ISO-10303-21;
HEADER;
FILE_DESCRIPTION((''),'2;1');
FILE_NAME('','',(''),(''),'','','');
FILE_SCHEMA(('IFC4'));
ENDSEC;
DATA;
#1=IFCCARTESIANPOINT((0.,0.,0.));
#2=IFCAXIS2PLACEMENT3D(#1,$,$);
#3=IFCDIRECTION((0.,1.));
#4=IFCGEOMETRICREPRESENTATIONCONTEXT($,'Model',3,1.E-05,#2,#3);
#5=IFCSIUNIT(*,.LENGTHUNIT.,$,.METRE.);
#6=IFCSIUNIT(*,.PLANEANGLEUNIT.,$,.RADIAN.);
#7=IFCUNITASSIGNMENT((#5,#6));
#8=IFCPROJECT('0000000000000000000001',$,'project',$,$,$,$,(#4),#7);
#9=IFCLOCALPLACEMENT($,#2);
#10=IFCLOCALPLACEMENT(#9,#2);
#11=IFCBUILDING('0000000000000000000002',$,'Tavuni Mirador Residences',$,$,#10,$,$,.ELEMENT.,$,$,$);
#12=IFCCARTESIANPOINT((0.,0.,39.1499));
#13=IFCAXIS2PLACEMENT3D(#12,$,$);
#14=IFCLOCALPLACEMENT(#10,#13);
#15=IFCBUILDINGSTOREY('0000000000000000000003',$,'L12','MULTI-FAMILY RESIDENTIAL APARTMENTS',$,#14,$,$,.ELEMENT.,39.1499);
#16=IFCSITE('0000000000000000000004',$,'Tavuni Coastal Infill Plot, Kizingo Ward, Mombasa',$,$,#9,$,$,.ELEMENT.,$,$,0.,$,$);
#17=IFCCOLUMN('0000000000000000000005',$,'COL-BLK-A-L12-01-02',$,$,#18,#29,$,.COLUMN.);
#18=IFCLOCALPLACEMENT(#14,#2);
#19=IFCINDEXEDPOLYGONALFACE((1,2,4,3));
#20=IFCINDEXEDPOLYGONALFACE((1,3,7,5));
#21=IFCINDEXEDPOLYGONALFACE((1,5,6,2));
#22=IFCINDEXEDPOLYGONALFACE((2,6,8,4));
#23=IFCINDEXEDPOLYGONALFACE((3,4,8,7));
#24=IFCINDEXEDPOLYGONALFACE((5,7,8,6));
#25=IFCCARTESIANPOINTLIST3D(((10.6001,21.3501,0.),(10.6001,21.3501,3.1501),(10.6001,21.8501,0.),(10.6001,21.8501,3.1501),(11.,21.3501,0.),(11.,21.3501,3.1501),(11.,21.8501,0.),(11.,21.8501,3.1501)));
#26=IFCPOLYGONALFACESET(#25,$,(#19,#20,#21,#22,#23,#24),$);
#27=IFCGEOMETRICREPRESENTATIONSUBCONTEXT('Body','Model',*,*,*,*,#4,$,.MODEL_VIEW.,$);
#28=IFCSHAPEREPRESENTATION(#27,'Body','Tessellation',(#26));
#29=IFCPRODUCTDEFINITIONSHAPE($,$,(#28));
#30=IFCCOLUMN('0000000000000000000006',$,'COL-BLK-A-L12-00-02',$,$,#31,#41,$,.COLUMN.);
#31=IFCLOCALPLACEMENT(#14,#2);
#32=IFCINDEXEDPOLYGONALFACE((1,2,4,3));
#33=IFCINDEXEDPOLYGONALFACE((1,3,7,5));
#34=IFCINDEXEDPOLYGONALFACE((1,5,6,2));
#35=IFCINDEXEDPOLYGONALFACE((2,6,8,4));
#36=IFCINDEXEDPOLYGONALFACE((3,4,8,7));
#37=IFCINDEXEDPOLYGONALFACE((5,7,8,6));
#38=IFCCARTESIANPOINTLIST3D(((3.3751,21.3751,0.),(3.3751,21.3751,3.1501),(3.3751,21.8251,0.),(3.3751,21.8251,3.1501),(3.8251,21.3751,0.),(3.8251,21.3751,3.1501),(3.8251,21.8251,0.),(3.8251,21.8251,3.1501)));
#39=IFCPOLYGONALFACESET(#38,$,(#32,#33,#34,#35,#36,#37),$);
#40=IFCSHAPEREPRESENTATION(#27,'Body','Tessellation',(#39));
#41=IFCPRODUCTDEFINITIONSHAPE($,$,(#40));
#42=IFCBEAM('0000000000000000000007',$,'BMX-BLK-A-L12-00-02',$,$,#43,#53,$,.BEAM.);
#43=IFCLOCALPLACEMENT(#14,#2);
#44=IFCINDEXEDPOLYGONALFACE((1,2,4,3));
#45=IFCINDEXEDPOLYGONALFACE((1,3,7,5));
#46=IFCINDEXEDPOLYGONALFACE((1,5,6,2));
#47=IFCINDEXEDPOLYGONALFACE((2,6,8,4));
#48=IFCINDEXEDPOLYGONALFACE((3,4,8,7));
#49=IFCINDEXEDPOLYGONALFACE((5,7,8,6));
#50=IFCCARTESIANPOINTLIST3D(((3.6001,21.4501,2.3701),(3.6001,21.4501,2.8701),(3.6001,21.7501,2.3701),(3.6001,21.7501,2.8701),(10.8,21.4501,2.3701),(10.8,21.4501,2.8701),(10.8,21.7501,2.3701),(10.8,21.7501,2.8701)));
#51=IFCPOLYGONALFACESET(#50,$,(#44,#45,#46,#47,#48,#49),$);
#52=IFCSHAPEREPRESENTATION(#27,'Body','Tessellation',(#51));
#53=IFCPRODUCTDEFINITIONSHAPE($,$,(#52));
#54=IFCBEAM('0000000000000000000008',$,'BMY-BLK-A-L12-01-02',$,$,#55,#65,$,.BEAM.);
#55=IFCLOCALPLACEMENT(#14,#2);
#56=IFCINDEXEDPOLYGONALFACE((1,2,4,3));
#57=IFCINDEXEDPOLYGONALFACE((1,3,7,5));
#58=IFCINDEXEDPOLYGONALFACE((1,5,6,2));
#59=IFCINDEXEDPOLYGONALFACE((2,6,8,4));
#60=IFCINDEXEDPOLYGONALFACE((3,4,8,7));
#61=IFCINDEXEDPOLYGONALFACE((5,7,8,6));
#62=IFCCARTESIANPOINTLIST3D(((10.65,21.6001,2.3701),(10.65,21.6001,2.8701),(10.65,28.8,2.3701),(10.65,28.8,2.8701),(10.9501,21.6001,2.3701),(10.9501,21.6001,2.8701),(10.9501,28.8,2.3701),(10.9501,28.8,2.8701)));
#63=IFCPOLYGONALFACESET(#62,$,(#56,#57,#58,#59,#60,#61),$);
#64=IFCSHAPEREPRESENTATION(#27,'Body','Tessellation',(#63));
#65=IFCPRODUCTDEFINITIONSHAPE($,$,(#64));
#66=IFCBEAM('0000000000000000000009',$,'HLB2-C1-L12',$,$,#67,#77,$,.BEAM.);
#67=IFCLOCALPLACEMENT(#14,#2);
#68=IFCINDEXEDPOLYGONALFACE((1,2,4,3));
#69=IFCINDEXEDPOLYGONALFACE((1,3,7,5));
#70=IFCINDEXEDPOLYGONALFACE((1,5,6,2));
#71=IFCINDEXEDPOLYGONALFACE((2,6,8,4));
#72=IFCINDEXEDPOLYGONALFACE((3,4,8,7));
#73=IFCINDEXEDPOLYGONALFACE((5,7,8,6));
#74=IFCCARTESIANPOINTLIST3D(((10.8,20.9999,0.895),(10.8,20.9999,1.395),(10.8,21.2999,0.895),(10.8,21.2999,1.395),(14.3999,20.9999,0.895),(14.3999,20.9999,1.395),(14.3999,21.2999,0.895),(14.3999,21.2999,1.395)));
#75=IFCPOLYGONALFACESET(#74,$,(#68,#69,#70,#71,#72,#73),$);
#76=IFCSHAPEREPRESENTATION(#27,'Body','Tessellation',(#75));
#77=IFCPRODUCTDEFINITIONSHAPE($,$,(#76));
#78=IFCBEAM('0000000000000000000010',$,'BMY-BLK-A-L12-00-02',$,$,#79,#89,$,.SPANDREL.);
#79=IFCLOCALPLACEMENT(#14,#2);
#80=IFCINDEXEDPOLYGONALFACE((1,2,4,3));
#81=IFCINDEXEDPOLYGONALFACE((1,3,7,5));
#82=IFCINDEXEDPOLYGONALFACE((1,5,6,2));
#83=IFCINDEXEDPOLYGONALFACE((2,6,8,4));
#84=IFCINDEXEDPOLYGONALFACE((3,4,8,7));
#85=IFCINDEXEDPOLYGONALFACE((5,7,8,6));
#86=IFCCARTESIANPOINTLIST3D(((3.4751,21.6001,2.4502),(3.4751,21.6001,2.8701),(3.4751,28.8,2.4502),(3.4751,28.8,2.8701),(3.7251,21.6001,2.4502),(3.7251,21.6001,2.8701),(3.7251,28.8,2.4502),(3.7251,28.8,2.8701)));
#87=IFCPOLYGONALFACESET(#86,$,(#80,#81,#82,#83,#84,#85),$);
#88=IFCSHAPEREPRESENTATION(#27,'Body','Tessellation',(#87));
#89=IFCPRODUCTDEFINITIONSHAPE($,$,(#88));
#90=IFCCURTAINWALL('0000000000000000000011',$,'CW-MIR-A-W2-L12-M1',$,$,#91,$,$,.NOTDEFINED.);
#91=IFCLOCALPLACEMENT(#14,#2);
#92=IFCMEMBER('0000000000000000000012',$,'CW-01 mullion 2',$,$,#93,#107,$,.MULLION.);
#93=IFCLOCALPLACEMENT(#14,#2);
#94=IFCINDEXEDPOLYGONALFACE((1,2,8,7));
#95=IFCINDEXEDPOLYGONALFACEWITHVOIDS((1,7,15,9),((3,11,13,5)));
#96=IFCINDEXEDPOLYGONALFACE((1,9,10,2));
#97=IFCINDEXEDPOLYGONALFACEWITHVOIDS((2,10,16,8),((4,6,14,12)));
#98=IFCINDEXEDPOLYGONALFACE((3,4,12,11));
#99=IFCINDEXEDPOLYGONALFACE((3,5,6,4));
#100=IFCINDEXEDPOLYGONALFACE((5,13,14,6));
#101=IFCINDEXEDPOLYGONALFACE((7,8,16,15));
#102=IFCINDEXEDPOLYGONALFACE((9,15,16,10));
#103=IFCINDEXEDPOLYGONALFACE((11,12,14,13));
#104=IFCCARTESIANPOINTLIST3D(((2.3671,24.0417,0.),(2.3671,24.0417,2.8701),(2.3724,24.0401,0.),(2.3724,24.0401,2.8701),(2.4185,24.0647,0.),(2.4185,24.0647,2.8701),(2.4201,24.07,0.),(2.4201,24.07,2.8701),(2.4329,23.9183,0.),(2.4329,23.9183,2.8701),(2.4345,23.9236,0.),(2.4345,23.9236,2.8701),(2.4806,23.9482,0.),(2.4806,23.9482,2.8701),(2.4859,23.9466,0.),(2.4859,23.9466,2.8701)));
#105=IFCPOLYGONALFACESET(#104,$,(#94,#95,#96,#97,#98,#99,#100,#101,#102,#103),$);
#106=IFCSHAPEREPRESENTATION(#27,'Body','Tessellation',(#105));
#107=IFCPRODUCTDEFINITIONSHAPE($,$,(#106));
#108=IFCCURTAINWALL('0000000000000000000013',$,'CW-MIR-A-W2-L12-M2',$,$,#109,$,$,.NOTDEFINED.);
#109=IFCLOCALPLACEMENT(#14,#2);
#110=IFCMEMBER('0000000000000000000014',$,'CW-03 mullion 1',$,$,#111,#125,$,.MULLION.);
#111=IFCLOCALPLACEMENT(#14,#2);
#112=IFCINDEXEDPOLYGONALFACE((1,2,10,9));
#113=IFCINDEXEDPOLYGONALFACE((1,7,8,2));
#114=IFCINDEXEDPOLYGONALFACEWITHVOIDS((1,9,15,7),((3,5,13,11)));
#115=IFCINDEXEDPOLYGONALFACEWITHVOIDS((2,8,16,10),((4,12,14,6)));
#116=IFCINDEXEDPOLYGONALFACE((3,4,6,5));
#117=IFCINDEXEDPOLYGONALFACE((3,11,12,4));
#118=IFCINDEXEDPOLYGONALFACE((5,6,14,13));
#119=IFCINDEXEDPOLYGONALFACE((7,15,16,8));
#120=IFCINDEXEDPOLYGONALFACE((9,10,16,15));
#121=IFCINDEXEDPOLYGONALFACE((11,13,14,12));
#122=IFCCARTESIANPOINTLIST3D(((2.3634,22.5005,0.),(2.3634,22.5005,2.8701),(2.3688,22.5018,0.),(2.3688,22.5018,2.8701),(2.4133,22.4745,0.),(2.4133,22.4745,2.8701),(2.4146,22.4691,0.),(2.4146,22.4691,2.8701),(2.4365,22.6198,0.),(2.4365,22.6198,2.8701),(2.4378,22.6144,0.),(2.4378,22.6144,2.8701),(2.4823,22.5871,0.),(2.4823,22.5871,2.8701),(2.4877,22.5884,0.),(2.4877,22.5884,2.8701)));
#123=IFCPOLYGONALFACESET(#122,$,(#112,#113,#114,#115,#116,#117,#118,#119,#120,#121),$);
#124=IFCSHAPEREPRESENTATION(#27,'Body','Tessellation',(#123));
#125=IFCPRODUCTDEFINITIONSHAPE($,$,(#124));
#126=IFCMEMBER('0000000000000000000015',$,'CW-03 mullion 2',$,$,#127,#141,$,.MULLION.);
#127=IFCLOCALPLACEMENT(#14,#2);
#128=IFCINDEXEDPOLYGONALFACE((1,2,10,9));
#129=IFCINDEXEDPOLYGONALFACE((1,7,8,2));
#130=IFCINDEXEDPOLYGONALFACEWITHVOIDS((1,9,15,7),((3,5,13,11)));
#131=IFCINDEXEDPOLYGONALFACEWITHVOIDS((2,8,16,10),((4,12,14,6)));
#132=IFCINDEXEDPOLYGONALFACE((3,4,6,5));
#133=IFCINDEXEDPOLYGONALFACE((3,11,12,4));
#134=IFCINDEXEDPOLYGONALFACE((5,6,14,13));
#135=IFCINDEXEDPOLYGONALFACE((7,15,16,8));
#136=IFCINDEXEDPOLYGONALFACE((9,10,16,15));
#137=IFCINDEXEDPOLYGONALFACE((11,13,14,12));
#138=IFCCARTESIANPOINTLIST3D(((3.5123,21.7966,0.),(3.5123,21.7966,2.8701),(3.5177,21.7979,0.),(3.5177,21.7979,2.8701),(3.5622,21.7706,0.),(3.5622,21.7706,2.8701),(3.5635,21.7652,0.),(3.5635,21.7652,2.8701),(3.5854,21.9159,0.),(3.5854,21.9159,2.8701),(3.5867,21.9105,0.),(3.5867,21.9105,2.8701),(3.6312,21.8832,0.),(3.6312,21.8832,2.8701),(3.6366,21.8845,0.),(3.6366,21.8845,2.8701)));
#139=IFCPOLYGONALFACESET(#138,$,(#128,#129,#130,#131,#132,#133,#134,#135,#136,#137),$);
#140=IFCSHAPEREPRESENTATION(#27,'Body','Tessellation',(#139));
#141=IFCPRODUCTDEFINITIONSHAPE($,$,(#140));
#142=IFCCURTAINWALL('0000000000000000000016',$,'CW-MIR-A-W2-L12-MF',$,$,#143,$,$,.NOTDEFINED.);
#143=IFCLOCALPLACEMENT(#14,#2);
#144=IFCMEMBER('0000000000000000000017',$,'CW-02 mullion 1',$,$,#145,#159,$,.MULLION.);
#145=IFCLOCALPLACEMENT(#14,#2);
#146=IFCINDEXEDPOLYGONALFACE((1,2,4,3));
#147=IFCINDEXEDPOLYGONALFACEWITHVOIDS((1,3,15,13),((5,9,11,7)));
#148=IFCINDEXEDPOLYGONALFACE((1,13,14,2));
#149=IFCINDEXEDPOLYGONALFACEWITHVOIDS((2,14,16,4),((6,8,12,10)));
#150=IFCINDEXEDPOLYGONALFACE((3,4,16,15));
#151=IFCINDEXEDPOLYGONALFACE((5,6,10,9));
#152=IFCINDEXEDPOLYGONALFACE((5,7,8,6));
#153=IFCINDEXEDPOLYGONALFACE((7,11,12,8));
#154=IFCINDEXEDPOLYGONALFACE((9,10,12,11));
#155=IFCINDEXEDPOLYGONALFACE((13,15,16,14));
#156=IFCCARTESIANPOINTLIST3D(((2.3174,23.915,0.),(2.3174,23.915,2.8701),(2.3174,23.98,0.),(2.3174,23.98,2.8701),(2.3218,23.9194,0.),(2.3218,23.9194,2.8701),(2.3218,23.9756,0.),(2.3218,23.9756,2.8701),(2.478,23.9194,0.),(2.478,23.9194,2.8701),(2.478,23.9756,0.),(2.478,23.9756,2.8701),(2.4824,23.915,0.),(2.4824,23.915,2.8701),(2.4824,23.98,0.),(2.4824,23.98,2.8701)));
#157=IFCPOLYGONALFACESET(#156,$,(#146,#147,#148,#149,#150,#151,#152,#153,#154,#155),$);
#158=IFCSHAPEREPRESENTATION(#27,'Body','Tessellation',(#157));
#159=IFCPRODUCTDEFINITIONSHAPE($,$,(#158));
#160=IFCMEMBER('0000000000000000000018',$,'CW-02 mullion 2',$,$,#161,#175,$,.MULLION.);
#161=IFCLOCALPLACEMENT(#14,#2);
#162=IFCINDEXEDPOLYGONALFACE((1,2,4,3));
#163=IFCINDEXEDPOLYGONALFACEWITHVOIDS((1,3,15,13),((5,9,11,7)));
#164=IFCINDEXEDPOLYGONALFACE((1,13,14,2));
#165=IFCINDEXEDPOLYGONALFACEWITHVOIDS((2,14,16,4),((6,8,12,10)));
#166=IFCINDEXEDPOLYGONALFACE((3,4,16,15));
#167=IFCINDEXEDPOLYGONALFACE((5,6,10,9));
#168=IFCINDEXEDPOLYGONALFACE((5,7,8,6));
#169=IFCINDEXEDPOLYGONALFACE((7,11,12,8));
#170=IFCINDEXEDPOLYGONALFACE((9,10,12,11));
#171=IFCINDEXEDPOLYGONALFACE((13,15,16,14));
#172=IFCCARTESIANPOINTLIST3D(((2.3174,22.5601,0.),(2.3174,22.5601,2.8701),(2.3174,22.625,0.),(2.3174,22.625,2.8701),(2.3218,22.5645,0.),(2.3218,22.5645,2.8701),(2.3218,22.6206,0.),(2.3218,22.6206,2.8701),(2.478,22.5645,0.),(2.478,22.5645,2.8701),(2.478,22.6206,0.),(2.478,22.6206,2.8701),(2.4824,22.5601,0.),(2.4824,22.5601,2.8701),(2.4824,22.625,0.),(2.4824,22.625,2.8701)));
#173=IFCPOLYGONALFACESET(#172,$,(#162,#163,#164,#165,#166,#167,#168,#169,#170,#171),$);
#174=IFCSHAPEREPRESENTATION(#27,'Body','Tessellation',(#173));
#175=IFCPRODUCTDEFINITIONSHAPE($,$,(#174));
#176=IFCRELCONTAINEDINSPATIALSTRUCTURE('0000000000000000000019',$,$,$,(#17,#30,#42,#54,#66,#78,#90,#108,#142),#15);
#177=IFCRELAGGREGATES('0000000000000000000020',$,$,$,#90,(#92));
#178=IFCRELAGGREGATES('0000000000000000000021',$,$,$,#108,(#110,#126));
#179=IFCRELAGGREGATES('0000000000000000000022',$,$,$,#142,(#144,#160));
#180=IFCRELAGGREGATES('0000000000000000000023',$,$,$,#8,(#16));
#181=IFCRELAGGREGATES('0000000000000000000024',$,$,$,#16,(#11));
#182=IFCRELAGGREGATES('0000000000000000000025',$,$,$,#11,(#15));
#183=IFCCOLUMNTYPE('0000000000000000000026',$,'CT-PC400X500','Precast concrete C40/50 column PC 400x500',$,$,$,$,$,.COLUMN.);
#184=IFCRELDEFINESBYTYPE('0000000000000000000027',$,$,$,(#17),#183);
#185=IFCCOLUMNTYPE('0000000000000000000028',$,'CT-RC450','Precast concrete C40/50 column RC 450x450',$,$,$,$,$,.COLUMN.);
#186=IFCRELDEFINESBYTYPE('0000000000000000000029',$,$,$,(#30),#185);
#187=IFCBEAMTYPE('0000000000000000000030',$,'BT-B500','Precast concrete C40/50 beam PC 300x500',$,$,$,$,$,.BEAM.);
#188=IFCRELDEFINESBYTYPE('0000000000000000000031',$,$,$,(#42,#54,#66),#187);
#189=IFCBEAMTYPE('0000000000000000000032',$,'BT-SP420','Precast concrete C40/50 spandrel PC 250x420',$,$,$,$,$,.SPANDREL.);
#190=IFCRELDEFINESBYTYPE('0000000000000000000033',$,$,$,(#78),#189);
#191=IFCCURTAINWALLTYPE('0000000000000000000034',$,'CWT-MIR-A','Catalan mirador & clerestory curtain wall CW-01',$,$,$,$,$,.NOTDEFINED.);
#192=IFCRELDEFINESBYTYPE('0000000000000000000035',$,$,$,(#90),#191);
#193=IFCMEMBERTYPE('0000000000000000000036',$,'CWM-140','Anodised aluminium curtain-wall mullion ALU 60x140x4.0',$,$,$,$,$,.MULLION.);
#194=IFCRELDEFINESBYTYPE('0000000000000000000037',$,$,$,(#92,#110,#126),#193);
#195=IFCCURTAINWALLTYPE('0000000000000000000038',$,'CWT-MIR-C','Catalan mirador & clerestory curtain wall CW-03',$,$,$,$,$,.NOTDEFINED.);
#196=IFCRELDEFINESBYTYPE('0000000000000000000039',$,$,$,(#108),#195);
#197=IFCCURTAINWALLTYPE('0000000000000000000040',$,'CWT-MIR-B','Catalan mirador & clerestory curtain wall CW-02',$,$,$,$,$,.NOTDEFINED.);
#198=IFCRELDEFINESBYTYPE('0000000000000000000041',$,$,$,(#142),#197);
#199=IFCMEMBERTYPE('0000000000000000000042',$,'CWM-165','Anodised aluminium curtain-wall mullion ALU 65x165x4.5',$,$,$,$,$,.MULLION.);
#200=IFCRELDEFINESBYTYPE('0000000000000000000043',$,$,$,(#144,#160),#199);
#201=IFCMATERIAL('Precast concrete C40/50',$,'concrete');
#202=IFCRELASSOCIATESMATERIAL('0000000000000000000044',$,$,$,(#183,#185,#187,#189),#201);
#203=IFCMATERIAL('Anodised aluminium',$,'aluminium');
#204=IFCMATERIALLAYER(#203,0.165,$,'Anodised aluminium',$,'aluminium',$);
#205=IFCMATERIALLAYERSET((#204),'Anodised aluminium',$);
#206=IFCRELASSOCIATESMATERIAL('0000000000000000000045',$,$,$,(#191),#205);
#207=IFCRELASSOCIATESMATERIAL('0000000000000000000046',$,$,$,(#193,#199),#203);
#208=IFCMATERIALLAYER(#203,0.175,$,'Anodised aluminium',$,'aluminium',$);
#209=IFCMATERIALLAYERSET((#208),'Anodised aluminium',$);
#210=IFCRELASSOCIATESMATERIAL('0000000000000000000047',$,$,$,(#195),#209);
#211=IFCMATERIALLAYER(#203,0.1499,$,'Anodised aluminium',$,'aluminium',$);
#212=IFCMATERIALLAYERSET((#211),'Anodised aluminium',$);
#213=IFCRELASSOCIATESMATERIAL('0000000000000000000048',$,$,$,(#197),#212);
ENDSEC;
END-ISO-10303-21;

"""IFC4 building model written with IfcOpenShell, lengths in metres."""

from ifc_helpers import new_model, si_unit, direction, frame, origin, origin_2d, place, context, subcontext, project, spatial, rectangle, hollow_rectangle, extrude, material, layer, layer_set, material_profile, profile_set, type_object, element, aggregate, save


model = new_model("IFC4")

# Units and contexts
model_context = context("Model", 3, precision=1e-05, world=origin(), true_north=direction((0.0, 1.0)))
body_context = subcontext(model_context, "Body", "Model", "MODEL_VIEW")
ifc_project = project(units=[si_unit("LENGTHUNIT", "METRE"), si_unit("PLANEANGLEUNIT", "RADIAN")], contexts=[model_context])

# Site, building, storey
site_placement = place(None, origin())
site = spatial("IfcSite", under=ifc_project, at=site_placement, Name="Tavuni Coastal Infill Plot, Kizingo Ward, Mombasa", CompositionType="ELEMENT", RefElevation=0.0)
building_placement = place(site_placement, origin())
building = spatial("IfcBuilding", under=site, at=building_placement, Name="Tavuni Mirador Residences", CompositionType="ELEMENT")
storey_placement = place(building_placement, frame((0.0, 0.0, 39.1499)))
storey = spatial("IfcBuildingStorey", under=building, at=storey_placement, Name="L12", Description="MULTI-FAMILY RESIDENTIAL APARTMENTS", CompositionType="ELEMENT", Elevation=39.1499)

# Columns
ifc_material_1 = material(Name="Precast concrete C40/50", Category="concrete")
ifc_material_profile_1 = material_profile(ifc_material_1, rectangle(XDim=0.3999, YDim=0.5, at=origin_2d()), Name="PC 400x500", Category="concrete")
ifc_profile_set_1 = profile_set([ifc_material_profile_1], Name="Precast concrete C40/50")
column_type_1 = type_object("IfcColumnType", Name="CT-PC400X500", Description="Precast concrete C40/50 column PC 400x500", PredefinedType="COLUMN", material=ifc_profile_set_1)
column_1_placement = place(storey_placement, frame((10.8, 21.6001, 0.0), z_axis=(0.0, 0.0, 1.0), x_axis=(1.0, 0.0, 0.0)))
element("IfcColumn", 1, at=column_1_placement, inside=storey, type_object=column_type_1, Name="COL-BLK-A-L12-01-02", PredefinedType="COLUMN", context=body_context, shape_type="SweptSolid", body=[
    extrude(rectangle(XDim=0.3999, YDim=0.5, at=origin_2d()), origin(), (0.0, 0.0, 1.0), 3.1501),
])
ifc_material_profile_2 = material_profile(ifc_material_1, rectangle(XDim=0.45, YDim=0.45, at=origin_2d()), Name="RC 450x450", Category="concrete")
ifc_profile_set_2 = profile_set([ifc_material_profile_2], Name="Precast concrete C40/50")
column_type_2 = type_object("IfcColumnType", Name="CT-RC450", Description="Precast concrete C40/50 column RC 450x450", PredefinedType="COLUMN", material=ifc_profile_set_2)
column_2_placement = place(storey_placement, frame((3.6001, 21.6001, 0.0), z_axis=(0.0, 0.0, 1.0), x_axis=(1.0, 0.0, 0.0)))
element("IfcColumn", 2, at=column_2_placement, inside=storey, type_object=column_type_2, Name="COL-BLK-A-L12-00-02", PredefinedType="COLUMN", context=body_context, shape_type="SweptSolid", body=[
    extrude(rectangle(XDim=0.45, YDim=0.45, at=origin_2d()), origin(), (0.0, 0.0, 1.0), 3.1501),
])

# Beams
ifc_material_profile_3 = material_profile(ifc_material_1, rectangle(XDim=0.3, YDim=0.5, at=origin_2d()), Name="PC 300x500", Category="concrete")
ifc_profile_set_3 = profile_set([ifc_material_profile_3], Name="Precast concrete C40/50")
beam_type_1 = type_object("IfcBeamType", Name="BT-B500", Description="Precast concrete C40/50 beam PC 300x500", PredefinedType="BEAM", material=ifc_profile_set_3)
for number, where, z_axis, x_axis, name in (
    (3, (3.6001, 21.6001, 2.6201), (1.0, 0.0, 0.0), (0.0, 1.0, 0.0), "BMX-BLK-A-L12-00-02"),
    (4, (10.8, 21.6001, 2.6201), (0.0, 1.0, 0.0), (-1.0, 0.0, 0.0), "BMY-BLK-A-L12-01-02"),
):
    element("IfcBeam", number, at=place(storey_placement, frame(where, z_axis=z_axis, x_axis=x_axis)), inside=storey, type_object=beam_type_1, Name=name, PredefinedType="BEAM", context=body_context, shape_type="SweptSolid", body=[
        extrude(rectangle(XDim=0.3, YDim=0.5, at=origin_2d()), origin(), (0.0, 0.0, 1.0), 7.2),
    ])
beam_1_placement = place(storey_placement, frame((10.8, 21.1499, 1.145), z_axis=(1.0, 0.0, 0.0), x_axis=(0.0, 1.0, 0.0)))
element("IfcBeam", 5, at=beam_1_placement, inside=storey, type_object=beam_type_1, Name="HLB2-C1-L12", PredefinedType="BEAM", context=body_context, shape_type="SweptSolid", body=[
    extrude(rectangle(XDim=0.3, YDim=0.5, at=origin_2d()), origin(), (0.0, 0.0, 1.0), 3.5999),
])
ifc_material_profile_4 = material_profile(ifc_material_1, rectangle(XDim=0.25, YDim=0.4199, at=origin_2d()), Name="PC 250x420", Category="concrete")
ifc_profile_set_4 = profile_set([ifc_material_profile_4], Name="Precast concrete C40/50")
beam_type_2 = type_object("IfcBeamType", Name="BT-SP420", Description="Precast concrete C40/50 spandrel PC 250x420", PredefinedType="SPANDREL", material=ifc_profile_set_4)
beam_2_placement = place(storey_placement, frame((3.6001, 21.6001, 2.6602), z_axis=(0.0, 1.0, 0.0), x_axis=(-1.0, 0.0, 0.0)))
element("IfcBeam", 6, at=beam_2_placement, inside=storey, type_object=beam_type_2, Name="BMY-BLK-A-L12-00-02", PredefinedType="SPANDREL", context=body_context, shape_type="SweptSolid", body=[
    extrude(rectangle(XDim=0.25, YDim=0.4199, at=origin_2d()), origin(), (0.0, 0.0, 1.0), 7.2),
])

# Curtain wall, member
ifc_material_2 = material(Name="Anodised aluminium", Category="aluminium")
ifc_layer_1 = layer(ifc_material_2, 0.165, Name="Anodised aluminium", Category="aluminium")
ifc_layer_set_1 = layer_set([ifc_layer_1], Name="Anodised aluminium")
curtain_wall_type_1 = type_object("IfcCurtainWallType", Name="CWT-MIR-A", Description="Catalan mirador & clerestory curtain wall CW-01", PredefinedType="NOTDEFINED", material=ifc_layer_set_1)
curtain_wall_1_placement = place(storey_placement, origin())
curtain_wall_1 = element("IfcCurtainWall", 7, at=curtain_wall_1_placement, inside=storey, type_object=curtain_wall_type_1, Name="CW-MIR-A-W2-L12-M1", PredefinedType="NOTDEFINED")
ifc_material_profile_5 = material_profile(ifc_material_2, hollow_rectangle(XDim=0.0601, YDim=0.1399, WallThickness=0.0039, at=origin_2d()), Name="ALU 60x140x4.0", Category="aluminium")
ifc_profile_set_5 = profile_set([ifc_material_profile_5], Name="Anodised aluminium")
member_type_1 = type_object("IfcMemberType", Name="CWM-140", Description="Anodised aluminium curtain-wall mullion ALU 60x140x4.0", PredefinedType="MULLION", material=ifc_profile_set_5)
member_1_placement = place(storey_placement, frame((2.4265, 23.9941, 0.0), z_axis=(0.0, 0.0, 1.0), x_axis=(-0.882353, -0.470588, 0.0)))
member_1 = element("IfcMember", 8, at=member_1_placement, type_object=member_type_1, Name="CW-01 mullion 2", PredefinedType="MULLION", context=body_context, shape_type="SweptSolid", body=[
    extrude(hollow_rectangle(XDim=0.0601, YDim=0.1399, WallThickness=0.0039, at=origin_2d()), origin(), (0.0, 0.0, 1.0), 2.8701),
])

# Curtain walls, members
ifc_layer_2 = layer(ifc_material_2, 0.175, Name="Anodised aluminium", Category="aluminium")
ifc_layer_set_2 = layer_set([ifc_layer_2], Name="Anodised aluminium")
curtain_wall_type_2 = type_object("IfcCurtainWallType", Name="CWT-MIR-C", Description="Catalan mirador & clerestory curtain wall CW-03", PredefinedType="NOTDEFINED", material=ifc_layer_set_2)
curtain_wall_2_placement = place(storey_placement, origin())
curtain_wall_2 = element("IfcCurtainWall", 9, at=curtain_wall_2_placement, inside=storey, type_object=curtain_wall_type_2, Name="CW-MIR-A-W2-L12-M2", PredefinedType="NOTDEFINED")
member_2_placement = place(storey_placement, frame((2.4255, 22.5444, 0.0), z_axis=(0.0, 0.0, 1.0), x_axis=(0.852754, -0.522312, 0.0)))
member_2 = element("IfcMember", 10, at=member_2_placement, type_object=member_type_1, Name="CW-03 mullion 1", PredefinedType="MULLION", context=body_context, shape_type="SweptSolid", body=[
    extrude(hollow_rectangle(XDim=0.0601, YDim=0.1399, WallThickness=0.0039, at=origin_2d()), origin(), (0.0, 0.0, 1.0), 2.8701),
])
member_3_placement = place(storey_placement, frame((3.5745, 21.8406, 0.0), z_axis=(0.0, 0.0, 1.0), x_axis=(0.852754, -0.522312, 0.0)))
member_3 = element("IfcMember", 11, at=member_3_placement, type_object=member_type_1, Name="CW-03 mullion 2", PredefinedType="MULLION", context=body_context, shape_type="SweptSolid", body=[
    extrude(hollow_rectangle(XDim=0.0601, YDim=0.1399, WallThickness=0.0039, at=origin_2d()), origin(), (0.0, 0.0, 1.0), 2.8701),
])
ifc_layer_3 = layer(ifc_material_2, 0.1499, Name="Anodised aluminium", Category="aluminium")
ifc_layer_set_3 = layer_set([ifc_layer_3], Name="Anodised aluminium")
curtain_wall_type_3 = type_object("IfcCurtainWallType", Name="CWT-MIR-B", Description="Catalan mirador & clerestory curtain wall CW-02", PredefinedType="NOTDEFINED", material=ifc_layer_set_3)
curtain_wall_3_placement = place(storey_placement, origin())
curtain_wall_3 = element("IfcCurtainWall", 12, at=curtain_wall_3_placement, inside=storey, type_object=curtain_wall_type_3, Name="CW-MIR-A-W2-L12-MF", PredefinedType="NOTDEFINED")
ifc_material_profile_6 = material_profile(ifc_material_2, hollow_rectangle(XDim=0.0649, YDim=0.165, WallThickness=0.0044, at=origin_2d()), Name="ALU 65x165x4.5", Category="aluminium")
ifc_profile_set_6 = profile_set([ifc_material_profile_6], Name="Anodised aluminium")
member_type_2 = type_object("IfcMemberType", Name="CWM-165", Description="Anodised aluminium curtain-wall mullion ALU 65x165x4.5", PredefinedType="MULLION", material=ifc_profile_set_6)
member_4_placement = place(storey_placement, frame((2.3999, 23.9475, 0.0), z_axis=(0.0, 0.0, 1.0), x_axis=(0.0, -1.0, 0.0)))
member_4 = element("IfcMember", 13, at=member_4_placement, type_object=member_type_2, Name="CW-02 mullion 1", PredefinedType="MULLION", context=body_context, shape_type="SweptSolid", body=[
    extrude(hollow_rectangle(XDim=0.0649, YDim=0.165, WallThickness=0.0044, at=origin_2d()), origin(), (0.0, 0.0, 1.0), 2.8701),
])
member_5_placement = place(storey_placement, frame((2.3999, 22.5925, 0.0), z_axis=(0.0, 0.0, 1.0), x_axis=(0.0, -1.0, 0.0)))
member_5 = element("IfcMember", 14, at=member_5_placement, type_object=member_type_2, Name="CW-02 mullion 2", PredefinedType="MULLION", context=body_context, shape_type="SweptSolid", body=[
    extrude(hollow_rectangle(XDim=0.0649, YDim=0.165, WallThickness=0.0044, at=origin_2d()), origin(), (0.0, 0.0, 1.0), 2.8701),
])

aggregate(curtain_wall_1, [member_1])
aggregate(curtain_wall_2, [member_2, member_3])
aggregate(curtain_wall_3, [member_4, member_5])

save(model, "model.ifc")
